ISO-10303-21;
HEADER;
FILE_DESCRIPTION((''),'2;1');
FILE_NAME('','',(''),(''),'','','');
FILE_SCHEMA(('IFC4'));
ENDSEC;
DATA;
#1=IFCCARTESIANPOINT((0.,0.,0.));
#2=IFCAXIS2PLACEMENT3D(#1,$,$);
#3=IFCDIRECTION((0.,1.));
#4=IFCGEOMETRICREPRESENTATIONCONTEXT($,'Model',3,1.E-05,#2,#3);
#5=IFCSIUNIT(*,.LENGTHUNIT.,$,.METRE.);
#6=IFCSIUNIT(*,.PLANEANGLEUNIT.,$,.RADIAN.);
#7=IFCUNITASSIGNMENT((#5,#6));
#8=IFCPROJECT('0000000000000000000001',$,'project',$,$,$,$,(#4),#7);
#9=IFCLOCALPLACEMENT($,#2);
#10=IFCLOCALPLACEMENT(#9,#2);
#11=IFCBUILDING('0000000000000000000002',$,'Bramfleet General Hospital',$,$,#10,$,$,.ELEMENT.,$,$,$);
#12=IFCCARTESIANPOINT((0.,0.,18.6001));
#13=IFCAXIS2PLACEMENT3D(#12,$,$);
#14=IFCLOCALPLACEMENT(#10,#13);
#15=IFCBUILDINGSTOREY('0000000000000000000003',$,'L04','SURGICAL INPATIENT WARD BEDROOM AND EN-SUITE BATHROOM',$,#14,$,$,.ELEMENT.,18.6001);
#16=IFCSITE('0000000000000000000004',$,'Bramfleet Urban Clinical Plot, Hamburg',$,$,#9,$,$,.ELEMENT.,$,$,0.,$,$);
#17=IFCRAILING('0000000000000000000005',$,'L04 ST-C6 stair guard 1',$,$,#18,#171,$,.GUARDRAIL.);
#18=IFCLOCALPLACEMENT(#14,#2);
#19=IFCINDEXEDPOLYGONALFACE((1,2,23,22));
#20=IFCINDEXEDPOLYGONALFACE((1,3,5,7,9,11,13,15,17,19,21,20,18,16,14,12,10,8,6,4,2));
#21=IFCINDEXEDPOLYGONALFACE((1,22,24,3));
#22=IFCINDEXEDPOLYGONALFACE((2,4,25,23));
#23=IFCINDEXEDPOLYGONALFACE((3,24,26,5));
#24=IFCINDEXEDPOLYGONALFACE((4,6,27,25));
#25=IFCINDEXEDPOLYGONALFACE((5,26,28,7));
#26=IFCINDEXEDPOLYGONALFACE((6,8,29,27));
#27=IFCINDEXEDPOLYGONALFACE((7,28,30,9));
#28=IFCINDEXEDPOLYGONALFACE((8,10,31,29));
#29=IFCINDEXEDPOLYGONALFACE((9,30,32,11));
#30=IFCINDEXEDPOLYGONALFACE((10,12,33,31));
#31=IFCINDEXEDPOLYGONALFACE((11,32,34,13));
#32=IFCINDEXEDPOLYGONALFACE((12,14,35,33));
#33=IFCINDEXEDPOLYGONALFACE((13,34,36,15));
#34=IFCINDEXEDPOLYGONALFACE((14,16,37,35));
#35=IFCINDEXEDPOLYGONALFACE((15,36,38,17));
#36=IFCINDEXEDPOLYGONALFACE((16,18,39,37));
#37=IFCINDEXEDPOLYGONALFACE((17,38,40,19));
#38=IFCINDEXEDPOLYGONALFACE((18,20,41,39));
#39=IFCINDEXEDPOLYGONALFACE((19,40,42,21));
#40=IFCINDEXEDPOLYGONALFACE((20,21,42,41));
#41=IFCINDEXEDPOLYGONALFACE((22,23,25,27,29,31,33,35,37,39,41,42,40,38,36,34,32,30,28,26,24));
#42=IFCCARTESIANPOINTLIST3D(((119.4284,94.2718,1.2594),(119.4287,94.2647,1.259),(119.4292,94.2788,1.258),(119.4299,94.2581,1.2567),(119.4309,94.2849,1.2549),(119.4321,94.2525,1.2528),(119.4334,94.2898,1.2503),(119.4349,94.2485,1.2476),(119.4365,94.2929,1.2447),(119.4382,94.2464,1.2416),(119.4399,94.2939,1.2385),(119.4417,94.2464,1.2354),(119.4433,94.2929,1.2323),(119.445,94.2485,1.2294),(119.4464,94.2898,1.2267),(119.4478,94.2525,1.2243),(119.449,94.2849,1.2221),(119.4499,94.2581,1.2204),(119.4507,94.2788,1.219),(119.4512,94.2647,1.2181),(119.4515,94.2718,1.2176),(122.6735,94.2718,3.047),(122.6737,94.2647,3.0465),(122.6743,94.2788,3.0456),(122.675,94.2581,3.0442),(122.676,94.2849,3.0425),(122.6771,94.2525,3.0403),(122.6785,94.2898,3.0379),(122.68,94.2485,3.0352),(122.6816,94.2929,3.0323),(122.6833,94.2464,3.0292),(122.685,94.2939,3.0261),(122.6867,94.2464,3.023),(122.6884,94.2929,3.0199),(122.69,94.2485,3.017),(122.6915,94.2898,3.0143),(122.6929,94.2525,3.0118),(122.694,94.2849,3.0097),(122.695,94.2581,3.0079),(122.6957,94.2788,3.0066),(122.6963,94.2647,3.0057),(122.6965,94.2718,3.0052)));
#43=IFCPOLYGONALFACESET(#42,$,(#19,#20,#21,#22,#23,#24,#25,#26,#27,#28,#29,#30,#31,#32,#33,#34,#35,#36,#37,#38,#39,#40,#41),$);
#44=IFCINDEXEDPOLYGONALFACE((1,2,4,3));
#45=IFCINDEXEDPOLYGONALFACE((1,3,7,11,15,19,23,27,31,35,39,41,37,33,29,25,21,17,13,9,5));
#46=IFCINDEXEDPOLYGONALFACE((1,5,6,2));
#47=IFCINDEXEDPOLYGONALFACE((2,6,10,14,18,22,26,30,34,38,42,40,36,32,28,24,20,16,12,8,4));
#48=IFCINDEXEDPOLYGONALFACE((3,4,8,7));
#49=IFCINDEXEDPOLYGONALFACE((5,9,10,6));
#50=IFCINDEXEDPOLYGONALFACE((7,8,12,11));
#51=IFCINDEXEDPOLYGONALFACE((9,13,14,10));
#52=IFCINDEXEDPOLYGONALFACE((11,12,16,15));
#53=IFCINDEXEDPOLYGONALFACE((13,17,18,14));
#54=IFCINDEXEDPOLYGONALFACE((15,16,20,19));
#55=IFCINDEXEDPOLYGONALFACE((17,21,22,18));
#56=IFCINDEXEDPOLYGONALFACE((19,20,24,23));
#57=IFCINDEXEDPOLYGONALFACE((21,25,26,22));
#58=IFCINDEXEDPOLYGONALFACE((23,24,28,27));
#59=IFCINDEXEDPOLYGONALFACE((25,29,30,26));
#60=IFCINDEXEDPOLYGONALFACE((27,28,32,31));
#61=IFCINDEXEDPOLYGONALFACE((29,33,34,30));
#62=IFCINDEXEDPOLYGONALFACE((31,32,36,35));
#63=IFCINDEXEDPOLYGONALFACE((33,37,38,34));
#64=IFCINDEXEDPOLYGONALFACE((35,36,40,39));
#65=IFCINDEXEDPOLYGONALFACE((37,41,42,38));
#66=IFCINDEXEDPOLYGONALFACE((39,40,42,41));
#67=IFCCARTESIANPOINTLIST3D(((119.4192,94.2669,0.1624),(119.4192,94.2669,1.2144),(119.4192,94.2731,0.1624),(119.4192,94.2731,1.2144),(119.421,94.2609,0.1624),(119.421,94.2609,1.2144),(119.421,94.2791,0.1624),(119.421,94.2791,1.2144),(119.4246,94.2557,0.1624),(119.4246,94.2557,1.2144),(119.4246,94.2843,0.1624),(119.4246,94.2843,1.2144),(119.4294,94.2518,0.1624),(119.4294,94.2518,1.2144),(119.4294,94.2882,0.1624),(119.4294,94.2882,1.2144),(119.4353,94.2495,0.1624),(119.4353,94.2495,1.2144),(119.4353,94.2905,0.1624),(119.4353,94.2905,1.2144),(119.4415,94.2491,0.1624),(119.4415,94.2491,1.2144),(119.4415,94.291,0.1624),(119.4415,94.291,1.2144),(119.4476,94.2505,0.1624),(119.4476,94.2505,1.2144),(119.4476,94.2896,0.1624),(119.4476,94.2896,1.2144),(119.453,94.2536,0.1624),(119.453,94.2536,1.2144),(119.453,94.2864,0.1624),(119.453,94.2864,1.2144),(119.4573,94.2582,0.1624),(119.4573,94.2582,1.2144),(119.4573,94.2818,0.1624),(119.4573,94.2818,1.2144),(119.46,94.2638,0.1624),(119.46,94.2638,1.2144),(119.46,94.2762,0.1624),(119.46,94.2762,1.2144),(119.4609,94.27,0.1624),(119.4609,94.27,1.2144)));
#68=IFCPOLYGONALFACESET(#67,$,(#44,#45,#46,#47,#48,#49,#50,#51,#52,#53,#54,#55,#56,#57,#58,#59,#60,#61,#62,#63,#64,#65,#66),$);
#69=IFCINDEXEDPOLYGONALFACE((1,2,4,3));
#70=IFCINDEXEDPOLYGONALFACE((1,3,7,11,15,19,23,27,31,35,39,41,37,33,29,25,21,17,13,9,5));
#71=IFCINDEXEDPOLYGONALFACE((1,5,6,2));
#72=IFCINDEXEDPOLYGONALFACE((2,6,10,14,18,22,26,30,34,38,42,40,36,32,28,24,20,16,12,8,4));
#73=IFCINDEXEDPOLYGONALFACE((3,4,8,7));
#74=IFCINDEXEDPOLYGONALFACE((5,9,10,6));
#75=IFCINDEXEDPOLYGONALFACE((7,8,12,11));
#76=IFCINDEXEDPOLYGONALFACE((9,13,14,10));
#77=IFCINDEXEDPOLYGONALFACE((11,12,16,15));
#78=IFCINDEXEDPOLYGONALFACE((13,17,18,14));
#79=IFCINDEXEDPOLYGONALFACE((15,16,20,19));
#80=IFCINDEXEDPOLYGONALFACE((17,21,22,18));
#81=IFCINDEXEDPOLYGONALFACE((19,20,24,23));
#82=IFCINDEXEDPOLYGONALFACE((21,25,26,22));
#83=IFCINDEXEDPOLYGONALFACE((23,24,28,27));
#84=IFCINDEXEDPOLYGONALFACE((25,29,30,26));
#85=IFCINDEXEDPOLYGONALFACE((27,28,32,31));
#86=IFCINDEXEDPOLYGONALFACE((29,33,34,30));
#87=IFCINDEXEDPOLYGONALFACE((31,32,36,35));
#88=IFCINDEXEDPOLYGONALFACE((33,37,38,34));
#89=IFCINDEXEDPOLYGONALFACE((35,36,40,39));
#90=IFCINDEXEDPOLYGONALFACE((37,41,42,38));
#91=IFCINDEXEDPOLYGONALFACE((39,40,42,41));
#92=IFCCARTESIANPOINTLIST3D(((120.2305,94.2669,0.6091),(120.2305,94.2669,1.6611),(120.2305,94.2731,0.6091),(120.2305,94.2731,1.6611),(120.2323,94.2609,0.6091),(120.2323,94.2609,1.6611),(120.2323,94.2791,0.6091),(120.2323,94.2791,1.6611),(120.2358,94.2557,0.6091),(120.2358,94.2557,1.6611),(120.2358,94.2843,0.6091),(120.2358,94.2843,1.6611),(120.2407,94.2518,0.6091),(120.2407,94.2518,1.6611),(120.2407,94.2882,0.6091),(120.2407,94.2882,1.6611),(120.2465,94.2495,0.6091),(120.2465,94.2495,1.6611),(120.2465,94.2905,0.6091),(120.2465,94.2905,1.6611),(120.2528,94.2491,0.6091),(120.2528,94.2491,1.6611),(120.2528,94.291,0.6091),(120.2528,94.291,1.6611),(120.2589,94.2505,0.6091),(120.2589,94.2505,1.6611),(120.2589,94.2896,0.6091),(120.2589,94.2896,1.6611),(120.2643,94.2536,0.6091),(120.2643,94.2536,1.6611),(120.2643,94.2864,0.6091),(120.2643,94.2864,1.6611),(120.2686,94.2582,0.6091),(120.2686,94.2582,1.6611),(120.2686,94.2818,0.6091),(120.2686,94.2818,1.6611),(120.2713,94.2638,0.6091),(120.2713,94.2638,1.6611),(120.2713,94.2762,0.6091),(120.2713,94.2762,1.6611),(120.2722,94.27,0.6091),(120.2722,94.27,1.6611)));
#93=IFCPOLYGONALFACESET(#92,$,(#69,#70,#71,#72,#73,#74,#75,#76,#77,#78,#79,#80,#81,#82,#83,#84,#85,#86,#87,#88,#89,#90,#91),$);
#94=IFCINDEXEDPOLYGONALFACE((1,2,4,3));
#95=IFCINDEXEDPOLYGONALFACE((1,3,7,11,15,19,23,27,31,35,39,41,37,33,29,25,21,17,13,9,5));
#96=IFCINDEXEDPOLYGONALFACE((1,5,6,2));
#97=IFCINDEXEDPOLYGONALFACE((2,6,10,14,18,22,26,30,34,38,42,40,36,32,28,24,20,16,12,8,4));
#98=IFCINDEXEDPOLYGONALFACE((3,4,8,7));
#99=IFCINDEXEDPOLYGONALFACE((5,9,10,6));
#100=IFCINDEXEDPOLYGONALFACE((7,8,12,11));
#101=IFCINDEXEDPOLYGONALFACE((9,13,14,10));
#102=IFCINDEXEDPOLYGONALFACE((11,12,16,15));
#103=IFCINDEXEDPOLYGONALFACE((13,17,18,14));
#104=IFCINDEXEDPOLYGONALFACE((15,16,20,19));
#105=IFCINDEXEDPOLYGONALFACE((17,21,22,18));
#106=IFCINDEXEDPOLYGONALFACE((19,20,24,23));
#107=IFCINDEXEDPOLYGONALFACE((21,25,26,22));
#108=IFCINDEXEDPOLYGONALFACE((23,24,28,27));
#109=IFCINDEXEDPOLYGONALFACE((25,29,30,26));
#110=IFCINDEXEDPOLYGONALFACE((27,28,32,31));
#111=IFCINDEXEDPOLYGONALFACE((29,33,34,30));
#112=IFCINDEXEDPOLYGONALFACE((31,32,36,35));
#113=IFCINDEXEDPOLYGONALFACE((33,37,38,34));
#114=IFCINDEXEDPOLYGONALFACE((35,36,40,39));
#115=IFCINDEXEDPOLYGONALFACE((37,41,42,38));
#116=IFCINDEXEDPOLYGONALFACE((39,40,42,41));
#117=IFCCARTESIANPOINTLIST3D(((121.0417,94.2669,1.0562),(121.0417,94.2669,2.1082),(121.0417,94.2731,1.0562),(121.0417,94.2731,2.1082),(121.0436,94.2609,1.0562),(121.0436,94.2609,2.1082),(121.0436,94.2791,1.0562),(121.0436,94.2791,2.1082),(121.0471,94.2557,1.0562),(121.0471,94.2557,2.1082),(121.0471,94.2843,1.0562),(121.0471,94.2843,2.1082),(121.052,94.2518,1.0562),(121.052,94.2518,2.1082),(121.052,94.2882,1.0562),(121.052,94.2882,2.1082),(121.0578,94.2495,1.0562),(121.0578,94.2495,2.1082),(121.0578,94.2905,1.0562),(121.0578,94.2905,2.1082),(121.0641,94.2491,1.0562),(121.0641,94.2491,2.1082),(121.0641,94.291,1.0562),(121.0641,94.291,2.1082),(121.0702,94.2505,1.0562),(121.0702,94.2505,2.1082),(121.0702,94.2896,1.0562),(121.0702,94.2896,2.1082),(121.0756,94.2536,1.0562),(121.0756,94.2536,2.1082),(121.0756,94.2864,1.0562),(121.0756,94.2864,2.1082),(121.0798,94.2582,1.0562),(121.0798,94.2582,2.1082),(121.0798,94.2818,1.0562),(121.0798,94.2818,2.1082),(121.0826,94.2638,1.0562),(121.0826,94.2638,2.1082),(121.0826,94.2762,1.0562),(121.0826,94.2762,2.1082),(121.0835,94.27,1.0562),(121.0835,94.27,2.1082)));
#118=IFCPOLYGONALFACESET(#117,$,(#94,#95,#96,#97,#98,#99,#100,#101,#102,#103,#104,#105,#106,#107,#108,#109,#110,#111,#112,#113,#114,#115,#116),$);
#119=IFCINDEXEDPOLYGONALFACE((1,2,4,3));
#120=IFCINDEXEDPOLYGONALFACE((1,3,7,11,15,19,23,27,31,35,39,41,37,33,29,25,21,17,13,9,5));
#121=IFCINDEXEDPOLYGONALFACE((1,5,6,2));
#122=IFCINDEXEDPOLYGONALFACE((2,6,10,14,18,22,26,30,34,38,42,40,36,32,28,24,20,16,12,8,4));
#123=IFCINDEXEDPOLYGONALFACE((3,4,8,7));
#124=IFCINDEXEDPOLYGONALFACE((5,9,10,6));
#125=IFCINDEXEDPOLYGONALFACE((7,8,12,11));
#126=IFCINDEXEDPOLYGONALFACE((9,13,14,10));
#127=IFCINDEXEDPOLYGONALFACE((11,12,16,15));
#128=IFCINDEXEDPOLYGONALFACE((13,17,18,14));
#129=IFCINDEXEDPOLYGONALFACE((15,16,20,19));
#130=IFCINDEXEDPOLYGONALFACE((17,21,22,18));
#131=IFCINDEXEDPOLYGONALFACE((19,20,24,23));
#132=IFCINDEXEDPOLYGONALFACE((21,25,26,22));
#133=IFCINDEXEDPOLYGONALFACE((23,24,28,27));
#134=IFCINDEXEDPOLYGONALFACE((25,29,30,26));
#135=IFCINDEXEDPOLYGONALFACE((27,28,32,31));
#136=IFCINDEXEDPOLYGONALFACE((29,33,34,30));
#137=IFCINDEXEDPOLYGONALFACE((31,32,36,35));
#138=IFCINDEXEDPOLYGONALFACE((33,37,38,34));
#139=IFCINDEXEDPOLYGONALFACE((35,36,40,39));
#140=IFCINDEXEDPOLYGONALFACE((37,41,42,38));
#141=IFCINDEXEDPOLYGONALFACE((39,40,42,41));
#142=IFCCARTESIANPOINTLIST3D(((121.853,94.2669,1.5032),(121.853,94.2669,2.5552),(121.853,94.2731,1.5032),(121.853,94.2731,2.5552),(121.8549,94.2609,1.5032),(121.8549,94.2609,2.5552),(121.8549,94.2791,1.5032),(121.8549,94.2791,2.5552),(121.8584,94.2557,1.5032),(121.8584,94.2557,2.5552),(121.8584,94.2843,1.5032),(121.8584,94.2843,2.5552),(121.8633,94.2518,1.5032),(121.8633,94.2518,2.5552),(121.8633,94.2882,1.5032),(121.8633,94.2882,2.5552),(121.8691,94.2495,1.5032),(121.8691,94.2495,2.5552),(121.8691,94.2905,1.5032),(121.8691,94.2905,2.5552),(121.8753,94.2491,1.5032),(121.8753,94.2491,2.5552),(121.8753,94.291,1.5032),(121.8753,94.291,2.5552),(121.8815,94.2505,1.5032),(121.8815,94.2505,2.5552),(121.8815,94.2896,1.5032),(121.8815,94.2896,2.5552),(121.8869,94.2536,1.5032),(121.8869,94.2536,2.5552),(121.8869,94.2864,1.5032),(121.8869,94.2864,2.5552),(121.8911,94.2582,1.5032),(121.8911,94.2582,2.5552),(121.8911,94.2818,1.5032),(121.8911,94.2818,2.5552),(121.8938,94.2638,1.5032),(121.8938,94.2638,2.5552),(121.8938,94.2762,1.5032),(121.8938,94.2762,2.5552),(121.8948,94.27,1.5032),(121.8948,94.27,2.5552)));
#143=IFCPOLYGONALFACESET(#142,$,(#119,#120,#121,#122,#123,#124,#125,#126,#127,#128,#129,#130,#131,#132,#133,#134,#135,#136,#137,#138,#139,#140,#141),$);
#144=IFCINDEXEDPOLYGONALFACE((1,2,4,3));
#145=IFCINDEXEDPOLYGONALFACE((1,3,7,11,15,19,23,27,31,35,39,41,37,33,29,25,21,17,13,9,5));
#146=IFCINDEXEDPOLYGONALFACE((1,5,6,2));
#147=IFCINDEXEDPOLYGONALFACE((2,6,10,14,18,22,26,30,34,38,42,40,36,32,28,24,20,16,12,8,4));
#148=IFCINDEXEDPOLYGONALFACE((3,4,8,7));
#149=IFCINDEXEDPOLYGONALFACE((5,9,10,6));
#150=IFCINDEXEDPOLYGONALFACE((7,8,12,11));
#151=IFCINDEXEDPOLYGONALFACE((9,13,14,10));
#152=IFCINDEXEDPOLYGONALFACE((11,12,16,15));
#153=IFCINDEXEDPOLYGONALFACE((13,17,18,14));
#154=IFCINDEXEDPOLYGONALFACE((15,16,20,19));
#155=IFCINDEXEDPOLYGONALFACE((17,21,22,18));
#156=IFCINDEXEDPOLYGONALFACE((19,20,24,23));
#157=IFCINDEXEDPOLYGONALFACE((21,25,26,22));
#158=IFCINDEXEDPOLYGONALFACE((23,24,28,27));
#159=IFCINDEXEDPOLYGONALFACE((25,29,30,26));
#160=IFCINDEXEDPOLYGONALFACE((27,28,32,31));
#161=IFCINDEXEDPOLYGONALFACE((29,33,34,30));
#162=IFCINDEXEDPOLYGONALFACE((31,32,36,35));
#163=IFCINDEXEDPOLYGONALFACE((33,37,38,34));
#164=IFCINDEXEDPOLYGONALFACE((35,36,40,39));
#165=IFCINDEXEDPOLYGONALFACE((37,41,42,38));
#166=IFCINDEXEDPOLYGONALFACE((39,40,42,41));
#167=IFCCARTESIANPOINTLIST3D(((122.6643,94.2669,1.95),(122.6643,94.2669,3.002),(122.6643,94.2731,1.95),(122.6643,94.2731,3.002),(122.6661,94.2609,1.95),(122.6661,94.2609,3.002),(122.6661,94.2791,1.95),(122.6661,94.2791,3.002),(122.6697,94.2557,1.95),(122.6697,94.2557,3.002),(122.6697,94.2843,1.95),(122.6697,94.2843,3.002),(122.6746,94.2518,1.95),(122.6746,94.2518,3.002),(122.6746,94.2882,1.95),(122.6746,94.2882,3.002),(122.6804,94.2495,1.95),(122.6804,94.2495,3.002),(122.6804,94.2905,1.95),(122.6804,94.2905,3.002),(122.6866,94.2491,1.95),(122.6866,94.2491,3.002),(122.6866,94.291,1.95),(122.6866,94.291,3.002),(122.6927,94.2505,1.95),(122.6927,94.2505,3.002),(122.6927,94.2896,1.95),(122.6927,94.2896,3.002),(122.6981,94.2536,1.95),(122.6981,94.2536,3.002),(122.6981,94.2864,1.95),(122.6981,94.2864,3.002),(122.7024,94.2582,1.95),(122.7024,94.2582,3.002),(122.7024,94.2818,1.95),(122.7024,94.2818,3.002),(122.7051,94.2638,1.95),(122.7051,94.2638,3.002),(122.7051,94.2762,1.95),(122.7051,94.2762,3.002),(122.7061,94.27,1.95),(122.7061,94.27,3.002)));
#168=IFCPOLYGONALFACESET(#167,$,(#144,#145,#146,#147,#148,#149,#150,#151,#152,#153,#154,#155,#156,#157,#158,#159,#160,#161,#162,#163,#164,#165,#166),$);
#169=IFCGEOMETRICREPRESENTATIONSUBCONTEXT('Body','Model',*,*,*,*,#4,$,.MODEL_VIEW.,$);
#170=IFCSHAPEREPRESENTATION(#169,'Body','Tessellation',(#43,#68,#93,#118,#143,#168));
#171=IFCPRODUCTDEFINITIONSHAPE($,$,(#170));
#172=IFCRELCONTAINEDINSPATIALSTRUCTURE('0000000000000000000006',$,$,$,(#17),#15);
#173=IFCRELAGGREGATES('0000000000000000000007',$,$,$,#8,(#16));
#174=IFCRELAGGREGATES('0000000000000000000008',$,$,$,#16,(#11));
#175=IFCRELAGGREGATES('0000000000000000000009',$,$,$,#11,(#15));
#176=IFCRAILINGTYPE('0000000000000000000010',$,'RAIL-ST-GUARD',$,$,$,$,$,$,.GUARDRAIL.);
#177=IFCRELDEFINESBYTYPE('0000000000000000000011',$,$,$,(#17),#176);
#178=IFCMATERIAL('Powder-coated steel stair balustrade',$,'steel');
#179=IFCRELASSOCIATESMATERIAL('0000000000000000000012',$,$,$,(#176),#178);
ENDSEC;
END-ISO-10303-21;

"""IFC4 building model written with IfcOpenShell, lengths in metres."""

from ifc_helpers import new_model, si_unit, direction, frame, origin, origin_2d, place, context, subcontext, project, spatial, circle, extrude, material, type_object, element, save


model = new_model("IFC4")

# Units and contexts
model_context = context("Model", 3, precision=1e-05, world=origin(), true_north=direction((0.0, 1.0)))
body_context = subcontext(model_context, "Body", "Model", "MODEL_VIEW")
ifc_project = project(units=[si_unit("LENGTHUNIT", "METRE"), si_unit("PLANEANGLEUNIT", "RADIAN")], contexts=[model_context])

# Site, building, storey
site_placement = place(None, origin())
site = spatial("IfcSite", under=ifc_project, at=site_placement, Name="Bramfleet Urban Clinical Plot, Hamburg", CompositionType="ELEMENT", RefElevation=0.0)
building_placement = place(site_placement, origin())
building = spatial("IfcBuilding", under=site, at=building_placement, Name="Bramfleet General Hospital", CompositionType="ELEMENT")
storey_placement = place(building_placement, frame((0.0, 0.0, 18.6001)))
storey = spatial("IfcBuildingStorey", under=building, at=storey_placement, Name="L04", Description="SURGICAL INPATIENT WARD BEDROOM AND EN-SUITE BATHROOM", CompositionType="ELEMENT", Elevation=18.6001)

# Railing
ifc_material_1 = material(Name="Powder-coated steel stair balustrade", Category="steel")
railing_type_1 = type_object("IfcRailingType", Name="RAIL-ST-GUARD", PredefinedType="GUARDRAIL", material=ifc_material_1)
railing_1_placement = place(storey_placement, frame((119.4399, 94.27, 0.1624)))
element("IfcRailing", 1, at=railing_1_placement, inside=storey, type_object=railing_type_1, Name="L04 ST-C6 stair guard 1", PredefinedType="GUARDRAIL", context=body_context, shape_type="SweptSolid", body=[
    extrude(circle(Radius=0.0239, at=origin_2d()), frame((0.0, 0.0, 1.0762), z_axis=(0.875899, 0.0, 0.482495), x_axis=(0.0, 1.0, 0.0)), (0.0, 0.0, 1.0), 3.7048),
    extrude(circle(Radius=0.021, at=origin_2d()), origin(), (0.0, 0.0, 1.0), 1.052),
    extrude(circle(Radius=0.021, at=origin_2d()), frame((0.8113, 0.0, 0.4468)), (0.0, 0.0, 1.0), 1.052),
    extrude(circle(Radius=0.021, at=origin_2d()), frame((1.6226, 0.0, 0.8938)), (0.0, 0.0, 1.0), 1.052),
    extrude(circle(Radius=0.021, at=origin_2d()), frame((2.4338, 0.0, 1.3408)), (0.0, 0.0, 1.0), 1.052),
    extrude(circle(Radius=0.021, at=origin_2d()), frame((3.2451, 0.0, 1.7876)), (0.0, 0.0, 1.0), 1.052),
])

save(model, "model.ifc")
